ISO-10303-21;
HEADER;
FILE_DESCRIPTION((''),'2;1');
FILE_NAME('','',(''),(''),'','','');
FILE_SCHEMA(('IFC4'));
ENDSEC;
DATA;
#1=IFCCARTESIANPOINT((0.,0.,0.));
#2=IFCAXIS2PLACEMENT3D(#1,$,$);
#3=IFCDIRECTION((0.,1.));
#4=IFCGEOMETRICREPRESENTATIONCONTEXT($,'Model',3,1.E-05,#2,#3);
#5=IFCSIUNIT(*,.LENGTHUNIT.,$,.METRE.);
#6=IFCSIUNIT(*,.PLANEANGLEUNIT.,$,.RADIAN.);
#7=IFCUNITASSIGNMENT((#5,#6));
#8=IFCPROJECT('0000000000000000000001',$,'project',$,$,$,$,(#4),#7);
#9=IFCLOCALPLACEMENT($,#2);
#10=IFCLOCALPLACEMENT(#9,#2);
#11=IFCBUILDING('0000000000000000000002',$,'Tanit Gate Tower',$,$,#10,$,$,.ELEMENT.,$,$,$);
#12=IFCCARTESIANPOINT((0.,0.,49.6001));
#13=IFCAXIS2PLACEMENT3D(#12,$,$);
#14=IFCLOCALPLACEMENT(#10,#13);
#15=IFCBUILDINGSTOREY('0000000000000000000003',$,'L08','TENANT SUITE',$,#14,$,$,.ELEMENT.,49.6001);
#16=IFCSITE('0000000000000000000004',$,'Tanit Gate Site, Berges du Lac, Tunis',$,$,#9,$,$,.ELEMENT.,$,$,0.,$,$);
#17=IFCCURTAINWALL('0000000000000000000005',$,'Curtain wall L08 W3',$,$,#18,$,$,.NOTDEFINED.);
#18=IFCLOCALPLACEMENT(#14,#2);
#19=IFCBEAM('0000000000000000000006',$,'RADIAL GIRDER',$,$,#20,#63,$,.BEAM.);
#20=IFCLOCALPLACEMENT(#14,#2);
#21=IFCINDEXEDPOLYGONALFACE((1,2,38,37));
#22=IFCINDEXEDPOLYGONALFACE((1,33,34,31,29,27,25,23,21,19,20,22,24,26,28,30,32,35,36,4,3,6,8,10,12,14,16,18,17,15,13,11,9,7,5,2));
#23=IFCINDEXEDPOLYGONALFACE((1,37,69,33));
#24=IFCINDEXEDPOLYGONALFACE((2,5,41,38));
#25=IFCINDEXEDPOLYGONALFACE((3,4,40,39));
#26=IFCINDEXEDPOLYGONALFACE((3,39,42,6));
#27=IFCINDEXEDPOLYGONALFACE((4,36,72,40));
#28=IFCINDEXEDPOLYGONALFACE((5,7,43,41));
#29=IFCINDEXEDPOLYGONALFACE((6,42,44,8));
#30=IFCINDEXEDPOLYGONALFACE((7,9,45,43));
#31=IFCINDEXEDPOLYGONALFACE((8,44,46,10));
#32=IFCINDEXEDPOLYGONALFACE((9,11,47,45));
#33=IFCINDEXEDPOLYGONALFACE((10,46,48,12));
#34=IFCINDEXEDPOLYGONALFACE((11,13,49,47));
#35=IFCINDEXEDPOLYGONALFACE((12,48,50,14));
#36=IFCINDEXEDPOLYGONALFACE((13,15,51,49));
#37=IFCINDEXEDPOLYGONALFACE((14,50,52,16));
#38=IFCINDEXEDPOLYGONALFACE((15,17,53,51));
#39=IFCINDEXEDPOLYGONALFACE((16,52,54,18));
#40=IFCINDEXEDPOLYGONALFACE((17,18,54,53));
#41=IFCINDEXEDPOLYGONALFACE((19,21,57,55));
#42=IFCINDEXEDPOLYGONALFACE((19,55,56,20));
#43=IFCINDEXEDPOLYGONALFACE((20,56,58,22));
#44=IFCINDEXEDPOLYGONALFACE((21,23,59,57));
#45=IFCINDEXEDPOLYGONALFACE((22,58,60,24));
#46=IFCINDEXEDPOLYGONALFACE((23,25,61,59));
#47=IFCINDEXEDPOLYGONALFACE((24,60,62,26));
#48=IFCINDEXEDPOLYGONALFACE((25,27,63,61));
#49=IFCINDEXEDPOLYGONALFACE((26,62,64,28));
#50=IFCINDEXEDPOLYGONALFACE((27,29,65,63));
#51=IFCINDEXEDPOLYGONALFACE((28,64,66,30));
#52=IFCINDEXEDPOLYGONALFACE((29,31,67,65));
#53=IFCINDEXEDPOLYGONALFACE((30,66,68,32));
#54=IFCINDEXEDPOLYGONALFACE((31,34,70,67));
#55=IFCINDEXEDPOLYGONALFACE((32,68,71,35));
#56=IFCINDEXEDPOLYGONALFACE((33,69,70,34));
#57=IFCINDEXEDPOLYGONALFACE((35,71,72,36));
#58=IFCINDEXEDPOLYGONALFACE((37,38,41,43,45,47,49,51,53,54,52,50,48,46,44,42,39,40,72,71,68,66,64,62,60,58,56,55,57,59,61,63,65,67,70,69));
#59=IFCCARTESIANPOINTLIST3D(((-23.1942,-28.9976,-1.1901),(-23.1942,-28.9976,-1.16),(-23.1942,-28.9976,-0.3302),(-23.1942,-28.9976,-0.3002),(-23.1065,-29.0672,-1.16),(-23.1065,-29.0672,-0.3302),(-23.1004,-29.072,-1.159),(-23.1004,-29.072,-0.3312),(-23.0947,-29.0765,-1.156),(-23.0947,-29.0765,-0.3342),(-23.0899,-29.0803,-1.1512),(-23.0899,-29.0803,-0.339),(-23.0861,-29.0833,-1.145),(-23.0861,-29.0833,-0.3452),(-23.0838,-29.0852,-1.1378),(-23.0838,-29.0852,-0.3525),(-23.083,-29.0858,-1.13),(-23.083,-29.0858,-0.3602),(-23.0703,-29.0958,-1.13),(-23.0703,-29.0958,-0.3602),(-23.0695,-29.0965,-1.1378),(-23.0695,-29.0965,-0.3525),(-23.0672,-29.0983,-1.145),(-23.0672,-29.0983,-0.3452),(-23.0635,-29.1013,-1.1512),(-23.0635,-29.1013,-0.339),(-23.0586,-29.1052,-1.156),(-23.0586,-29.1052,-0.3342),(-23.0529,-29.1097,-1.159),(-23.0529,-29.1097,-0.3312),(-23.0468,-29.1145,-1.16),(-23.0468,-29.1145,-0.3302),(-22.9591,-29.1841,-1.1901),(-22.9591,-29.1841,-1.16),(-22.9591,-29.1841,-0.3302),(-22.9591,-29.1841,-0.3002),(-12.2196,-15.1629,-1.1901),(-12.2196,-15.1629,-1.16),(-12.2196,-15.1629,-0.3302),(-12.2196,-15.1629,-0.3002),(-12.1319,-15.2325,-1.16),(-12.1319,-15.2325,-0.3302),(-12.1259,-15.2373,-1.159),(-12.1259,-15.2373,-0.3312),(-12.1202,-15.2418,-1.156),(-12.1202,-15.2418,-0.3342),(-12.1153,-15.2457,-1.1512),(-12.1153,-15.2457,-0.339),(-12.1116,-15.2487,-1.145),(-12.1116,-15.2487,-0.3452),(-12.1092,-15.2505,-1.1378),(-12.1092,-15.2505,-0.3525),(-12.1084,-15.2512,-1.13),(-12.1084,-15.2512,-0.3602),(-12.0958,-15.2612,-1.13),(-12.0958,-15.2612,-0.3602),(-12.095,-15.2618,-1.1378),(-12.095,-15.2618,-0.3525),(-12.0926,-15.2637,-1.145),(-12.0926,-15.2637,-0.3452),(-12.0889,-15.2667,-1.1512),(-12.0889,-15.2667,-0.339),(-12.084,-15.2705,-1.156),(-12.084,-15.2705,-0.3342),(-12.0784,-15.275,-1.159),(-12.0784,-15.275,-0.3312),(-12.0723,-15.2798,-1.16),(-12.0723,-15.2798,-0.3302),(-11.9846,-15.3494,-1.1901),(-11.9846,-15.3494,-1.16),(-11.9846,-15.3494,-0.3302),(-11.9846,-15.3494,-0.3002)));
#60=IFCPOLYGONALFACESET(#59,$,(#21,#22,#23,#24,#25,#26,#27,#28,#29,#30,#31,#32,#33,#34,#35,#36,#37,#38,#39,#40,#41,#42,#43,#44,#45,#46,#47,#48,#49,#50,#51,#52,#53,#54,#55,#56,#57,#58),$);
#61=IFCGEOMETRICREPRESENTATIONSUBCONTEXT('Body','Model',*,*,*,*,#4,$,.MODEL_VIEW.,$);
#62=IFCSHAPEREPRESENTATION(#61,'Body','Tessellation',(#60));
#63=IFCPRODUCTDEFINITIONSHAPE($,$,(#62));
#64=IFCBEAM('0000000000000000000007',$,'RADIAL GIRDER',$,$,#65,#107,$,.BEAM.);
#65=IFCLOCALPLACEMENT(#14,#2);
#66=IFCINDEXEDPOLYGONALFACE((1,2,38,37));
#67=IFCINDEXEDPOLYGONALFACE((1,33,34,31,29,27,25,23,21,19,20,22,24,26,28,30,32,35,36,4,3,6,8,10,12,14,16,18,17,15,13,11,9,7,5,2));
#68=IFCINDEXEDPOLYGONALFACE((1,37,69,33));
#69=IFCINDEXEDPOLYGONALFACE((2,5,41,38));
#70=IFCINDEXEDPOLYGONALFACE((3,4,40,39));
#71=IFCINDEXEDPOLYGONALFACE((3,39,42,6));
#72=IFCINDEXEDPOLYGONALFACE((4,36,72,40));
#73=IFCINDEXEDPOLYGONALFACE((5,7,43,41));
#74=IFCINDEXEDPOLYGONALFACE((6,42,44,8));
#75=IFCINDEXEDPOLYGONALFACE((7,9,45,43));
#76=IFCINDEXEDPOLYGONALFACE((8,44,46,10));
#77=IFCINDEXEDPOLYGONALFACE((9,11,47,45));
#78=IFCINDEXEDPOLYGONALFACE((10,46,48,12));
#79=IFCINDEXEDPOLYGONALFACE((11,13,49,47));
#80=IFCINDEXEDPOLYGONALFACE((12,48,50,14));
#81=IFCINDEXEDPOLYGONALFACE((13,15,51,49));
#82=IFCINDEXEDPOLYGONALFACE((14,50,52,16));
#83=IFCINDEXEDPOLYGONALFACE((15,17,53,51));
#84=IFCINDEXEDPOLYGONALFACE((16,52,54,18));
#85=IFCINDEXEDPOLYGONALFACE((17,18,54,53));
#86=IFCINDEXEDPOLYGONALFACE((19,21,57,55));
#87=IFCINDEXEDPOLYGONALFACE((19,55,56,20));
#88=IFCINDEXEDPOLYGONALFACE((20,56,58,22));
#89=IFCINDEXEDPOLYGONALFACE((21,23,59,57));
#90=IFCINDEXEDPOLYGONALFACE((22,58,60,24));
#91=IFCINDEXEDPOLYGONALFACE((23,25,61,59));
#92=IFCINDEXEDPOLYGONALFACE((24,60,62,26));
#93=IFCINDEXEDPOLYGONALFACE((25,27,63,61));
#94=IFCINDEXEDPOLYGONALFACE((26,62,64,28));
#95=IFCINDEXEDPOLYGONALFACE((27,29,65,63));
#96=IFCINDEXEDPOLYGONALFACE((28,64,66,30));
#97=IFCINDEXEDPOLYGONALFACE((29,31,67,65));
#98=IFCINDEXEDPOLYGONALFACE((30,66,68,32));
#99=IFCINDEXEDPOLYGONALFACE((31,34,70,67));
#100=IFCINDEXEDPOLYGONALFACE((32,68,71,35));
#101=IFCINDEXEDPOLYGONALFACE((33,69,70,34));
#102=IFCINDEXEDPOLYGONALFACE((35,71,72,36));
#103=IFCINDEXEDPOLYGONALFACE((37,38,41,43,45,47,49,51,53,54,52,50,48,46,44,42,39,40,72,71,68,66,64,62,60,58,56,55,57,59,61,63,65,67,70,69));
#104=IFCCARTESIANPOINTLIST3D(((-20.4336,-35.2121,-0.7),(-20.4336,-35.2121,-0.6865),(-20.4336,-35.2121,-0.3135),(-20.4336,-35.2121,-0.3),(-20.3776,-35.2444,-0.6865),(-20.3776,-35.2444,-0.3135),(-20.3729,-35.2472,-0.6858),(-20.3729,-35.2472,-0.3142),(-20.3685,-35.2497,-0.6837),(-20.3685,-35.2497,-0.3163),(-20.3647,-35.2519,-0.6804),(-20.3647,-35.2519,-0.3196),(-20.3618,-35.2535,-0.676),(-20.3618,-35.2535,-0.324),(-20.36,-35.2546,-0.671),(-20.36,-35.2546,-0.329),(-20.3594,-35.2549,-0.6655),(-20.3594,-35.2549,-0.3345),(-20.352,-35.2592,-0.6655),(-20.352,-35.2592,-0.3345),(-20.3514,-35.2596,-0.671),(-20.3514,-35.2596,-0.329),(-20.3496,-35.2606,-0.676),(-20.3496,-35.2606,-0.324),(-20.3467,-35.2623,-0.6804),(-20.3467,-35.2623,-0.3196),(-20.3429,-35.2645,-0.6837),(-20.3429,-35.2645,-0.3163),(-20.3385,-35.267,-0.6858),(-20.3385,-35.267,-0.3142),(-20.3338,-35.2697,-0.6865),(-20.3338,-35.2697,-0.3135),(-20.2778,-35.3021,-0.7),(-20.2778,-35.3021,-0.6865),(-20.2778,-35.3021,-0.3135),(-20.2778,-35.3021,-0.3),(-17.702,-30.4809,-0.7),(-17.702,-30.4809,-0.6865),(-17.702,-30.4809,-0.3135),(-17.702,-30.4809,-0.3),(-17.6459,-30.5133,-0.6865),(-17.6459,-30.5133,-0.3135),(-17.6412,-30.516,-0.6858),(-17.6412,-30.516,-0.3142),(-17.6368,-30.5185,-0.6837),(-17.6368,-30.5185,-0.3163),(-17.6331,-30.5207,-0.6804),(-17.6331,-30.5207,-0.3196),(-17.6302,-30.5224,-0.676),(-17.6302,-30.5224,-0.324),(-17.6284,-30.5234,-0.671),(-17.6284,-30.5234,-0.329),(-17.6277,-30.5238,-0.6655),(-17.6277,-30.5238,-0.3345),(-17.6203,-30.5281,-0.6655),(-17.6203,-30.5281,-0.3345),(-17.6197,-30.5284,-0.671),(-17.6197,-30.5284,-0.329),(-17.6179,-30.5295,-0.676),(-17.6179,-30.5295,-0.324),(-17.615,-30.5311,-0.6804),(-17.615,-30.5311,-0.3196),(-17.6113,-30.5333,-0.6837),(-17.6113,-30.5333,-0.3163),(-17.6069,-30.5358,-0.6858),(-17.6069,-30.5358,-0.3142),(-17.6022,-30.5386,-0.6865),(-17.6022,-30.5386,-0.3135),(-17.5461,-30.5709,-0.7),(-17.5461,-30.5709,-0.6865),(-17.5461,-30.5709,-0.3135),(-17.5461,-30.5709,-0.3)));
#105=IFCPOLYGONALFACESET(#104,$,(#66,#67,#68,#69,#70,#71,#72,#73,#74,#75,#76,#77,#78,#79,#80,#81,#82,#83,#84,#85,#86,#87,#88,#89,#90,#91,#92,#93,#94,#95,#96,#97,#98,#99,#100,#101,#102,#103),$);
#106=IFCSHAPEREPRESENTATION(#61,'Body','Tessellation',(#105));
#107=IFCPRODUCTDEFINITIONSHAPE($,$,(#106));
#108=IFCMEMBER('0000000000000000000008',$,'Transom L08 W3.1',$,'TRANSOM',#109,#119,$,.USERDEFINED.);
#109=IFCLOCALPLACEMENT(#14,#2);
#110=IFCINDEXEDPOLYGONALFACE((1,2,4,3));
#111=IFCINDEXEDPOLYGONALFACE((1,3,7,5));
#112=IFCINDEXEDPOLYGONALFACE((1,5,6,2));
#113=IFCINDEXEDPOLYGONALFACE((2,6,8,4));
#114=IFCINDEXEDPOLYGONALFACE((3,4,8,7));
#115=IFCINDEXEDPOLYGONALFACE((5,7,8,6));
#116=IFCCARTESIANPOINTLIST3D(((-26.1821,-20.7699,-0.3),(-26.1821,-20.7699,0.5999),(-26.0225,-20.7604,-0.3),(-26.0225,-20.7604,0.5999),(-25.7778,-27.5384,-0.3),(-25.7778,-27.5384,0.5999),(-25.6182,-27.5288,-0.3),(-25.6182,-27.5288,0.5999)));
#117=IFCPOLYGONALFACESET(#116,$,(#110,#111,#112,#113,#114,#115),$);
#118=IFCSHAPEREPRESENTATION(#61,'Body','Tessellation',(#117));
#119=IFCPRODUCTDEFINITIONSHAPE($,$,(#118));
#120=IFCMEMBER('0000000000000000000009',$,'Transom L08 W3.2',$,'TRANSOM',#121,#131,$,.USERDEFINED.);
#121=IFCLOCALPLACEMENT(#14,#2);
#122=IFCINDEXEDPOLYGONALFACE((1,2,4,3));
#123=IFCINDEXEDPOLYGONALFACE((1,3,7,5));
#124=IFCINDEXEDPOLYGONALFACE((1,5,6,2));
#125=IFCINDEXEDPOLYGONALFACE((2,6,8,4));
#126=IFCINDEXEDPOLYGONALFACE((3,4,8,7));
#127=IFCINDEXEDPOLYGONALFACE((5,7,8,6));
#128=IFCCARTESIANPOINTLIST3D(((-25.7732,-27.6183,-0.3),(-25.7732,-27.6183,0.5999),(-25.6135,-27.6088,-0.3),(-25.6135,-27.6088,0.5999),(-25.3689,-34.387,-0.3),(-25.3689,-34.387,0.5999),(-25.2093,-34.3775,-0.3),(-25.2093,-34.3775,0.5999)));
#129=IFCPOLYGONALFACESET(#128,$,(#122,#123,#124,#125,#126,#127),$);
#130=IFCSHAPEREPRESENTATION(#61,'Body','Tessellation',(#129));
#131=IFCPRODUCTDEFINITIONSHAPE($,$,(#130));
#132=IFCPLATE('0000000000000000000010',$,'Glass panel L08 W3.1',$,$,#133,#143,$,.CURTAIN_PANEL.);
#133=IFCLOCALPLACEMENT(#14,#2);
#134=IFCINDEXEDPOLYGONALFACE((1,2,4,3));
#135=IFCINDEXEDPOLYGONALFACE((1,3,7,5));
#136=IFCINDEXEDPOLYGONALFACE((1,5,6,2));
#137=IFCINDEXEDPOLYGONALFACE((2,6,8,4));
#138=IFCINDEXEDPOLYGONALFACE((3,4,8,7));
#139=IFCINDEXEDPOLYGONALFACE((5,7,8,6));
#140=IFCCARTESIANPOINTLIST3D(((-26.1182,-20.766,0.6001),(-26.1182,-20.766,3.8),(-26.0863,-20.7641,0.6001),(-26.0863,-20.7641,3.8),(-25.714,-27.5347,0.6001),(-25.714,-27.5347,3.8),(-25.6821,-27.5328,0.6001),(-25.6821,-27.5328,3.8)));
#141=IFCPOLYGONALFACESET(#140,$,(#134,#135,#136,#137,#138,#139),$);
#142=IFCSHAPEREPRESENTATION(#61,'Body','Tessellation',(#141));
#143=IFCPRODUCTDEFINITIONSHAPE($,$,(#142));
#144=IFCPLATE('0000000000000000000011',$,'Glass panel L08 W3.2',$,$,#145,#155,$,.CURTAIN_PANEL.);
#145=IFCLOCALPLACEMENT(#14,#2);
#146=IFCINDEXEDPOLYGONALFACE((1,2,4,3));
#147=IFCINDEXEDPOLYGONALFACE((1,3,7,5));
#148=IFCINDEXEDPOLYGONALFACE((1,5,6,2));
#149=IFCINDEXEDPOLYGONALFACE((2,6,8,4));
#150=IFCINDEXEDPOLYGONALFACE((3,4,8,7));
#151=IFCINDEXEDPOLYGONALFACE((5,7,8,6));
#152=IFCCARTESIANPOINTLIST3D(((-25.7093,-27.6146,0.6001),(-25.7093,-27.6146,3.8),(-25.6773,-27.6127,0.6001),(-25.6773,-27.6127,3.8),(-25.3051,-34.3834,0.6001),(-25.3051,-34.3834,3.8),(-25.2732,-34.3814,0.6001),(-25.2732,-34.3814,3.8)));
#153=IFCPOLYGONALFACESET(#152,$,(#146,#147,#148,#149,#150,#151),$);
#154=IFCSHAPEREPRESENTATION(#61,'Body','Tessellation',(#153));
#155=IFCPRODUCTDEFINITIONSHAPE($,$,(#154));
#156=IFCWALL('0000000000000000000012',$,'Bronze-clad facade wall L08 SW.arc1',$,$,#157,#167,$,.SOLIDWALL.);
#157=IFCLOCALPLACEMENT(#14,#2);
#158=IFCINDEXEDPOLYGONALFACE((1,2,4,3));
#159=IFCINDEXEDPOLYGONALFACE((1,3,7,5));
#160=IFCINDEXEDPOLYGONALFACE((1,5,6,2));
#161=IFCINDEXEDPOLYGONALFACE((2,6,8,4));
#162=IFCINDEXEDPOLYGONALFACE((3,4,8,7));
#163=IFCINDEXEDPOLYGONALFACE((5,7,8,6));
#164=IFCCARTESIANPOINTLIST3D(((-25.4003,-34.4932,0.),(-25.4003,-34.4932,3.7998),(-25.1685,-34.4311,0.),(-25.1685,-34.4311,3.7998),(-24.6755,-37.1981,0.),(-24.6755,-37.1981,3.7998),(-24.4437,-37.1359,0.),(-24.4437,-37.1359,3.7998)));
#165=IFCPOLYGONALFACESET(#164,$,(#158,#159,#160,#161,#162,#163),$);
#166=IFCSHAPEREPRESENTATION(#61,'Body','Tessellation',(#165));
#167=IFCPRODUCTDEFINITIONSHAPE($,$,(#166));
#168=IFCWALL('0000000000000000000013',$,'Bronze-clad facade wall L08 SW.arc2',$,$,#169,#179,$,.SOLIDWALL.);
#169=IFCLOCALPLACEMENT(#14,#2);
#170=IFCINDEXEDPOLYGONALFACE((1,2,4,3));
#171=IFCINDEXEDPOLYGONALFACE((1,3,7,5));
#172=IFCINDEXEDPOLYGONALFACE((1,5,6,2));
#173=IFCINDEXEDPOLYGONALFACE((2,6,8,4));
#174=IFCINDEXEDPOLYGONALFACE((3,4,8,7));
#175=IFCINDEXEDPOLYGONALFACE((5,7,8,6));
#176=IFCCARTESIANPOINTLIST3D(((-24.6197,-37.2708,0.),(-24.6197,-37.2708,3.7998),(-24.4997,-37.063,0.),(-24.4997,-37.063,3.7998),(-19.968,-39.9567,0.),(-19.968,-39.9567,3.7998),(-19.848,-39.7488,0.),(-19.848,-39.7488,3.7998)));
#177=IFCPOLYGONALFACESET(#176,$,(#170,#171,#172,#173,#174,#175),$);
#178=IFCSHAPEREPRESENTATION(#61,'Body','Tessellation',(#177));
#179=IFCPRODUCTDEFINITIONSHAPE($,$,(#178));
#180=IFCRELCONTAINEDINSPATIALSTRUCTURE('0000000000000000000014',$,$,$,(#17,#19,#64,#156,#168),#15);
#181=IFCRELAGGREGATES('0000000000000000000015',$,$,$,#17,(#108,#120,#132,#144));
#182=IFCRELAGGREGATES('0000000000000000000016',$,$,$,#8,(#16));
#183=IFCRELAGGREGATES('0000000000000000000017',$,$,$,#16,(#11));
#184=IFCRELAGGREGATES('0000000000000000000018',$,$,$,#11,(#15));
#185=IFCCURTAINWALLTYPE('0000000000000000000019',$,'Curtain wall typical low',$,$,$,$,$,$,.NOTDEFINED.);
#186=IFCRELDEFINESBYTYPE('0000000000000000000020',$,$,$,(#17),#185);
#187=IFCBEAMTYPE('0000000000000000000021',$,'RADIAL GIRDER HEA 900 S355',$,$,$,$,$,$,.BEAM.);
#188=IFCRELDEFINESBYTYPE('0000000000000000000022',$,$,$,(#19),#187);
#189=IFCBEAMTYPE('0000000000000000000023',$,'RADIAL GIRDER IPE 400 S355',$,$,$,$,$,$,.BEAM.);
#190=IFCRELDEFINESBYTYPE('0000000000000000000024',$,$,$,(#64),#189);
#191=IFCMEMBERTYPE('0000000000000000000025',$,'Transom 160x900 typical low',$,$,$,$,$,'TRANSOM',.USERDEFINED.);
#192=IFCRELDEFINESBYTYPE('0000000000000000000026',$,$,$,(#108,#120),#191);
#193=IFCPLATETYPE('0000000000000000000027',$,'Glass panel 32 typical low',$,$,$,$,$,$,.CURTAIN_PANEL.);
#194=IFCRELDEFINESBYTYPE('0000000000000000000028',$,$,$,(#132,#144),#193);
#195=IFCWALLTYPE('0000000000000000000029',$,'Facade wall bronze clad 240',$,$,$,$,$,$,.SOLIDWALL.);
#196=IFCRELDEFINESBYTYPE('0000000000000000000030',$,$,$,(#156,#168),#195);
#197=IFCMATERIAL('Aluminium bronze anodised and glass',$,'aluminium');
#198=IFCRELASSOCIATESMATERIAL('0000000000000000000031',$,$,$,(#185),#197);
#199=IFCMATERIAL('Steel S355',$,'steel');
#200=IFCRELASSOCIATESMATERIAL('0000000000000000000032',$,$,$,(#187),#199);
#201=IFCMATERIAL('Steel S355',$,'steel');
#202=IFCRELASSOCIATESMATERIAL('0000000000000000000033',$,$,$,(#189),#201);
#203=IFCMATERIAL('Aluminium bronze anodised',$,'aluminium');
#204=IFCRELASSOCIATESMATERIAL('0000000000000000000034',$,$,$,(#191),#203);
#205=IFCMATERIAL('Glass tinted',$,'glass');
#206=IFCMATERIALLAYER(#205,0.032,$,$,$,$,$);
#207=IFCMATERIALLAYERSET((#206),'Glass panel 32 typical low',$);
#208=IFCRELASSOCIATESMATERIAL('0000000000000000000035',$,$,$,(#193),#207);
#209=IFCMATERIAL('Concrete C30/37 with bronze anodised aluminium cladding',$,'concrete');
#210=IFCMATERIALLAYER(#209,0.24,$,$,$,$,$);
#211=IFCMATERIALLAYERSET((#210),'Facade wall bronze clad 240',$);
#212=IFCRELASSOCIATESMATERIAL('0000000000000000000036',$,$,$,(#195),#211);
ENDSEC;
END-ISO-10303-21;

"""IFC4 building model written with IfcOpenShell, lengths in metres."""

from ifc_helpers import new_model, si_unit, direction, frame, frame_2d, origin, origin_2d, place, context, subcontext, project, spatial, rectangle, i_section, extrude, material, layer, layer_set, material_profile, profile_set, type_object, element, aggregate, save


model = new_model("IFC4")

# Units and contexts
model_context = context("Model", 3, precision=1e-05, world=origin(), true_north=direction((0.0, 1.0)))
body_context = subcontext(model_context, "Body", "Model", "MODEL_VIEW")
ifc_project = project(units=[si_unit("LENGTHUNIT", "METRE"), si_unit("PLANEANGLEUNIT", "RADIAN")], contexts=[model_context])

# Site, building, storey
site_placement = place(None, origin())
site = spatial("IfcSite", under=ifc_project, at=site_placement, Name="Tanit Gate Site, Berges du Lac, Tunis", CompositionType="ELEMENT", RefElevation=0.0)
building_placement = place(site_placement, origin())
building = spatial("IfcBuilding", under=site, at=building_placement, Name="Tanit Gate Tower", CompositionType="ELEMENT")
storey_placement = place(building_placement, frame((0.0, 0.0, 49.6001)))
storey = spatial("IfcBuildingStorey", under=building, at=storey_placement, Name="L08", Description="TENANT SUITE", CompositionType="ELEMENT", Elevation=49.6001)

# Curtain wall
ifc_material_1 = material(Name="Aluminium bronze anodised and glass", Category="aluminium")
curtain_wall_type = type_object("IfcCurtainWallType", Name="Curtain wall typical low", PredefinedType="NOTDEFINED", material=ifc_material_1)
curtain_wall_1_placement = place(storey_placement, origin())
curtain_wall_1 = element("IfcCurtainWall", 1, at=curtain_wall_1_placement, inside=storey, type_object=curtain_wall_type, Name="Curtain wall L08 W3", PredefinedType="NOTDEFINED")

# Beams
ifc_material_2 = material(Name="Steel S355", Category="steel")
ifc_material_profile_1 = material_profile(ifc_material_2, i_section(OverallWidth=0.3, OverallDepth=0.8899, WebThickness=0.0161, FlangeThickness=0.03, FilletRadius=0.03, at=origin_2d()), Name="HEA 900")
ifc_profile_set_1 = profile_set([ifc_material_profile_1], Name="Steel S355")
beam_type_1 = type_object("IfcBeamType", Name="RADIAL GIRDER HEA 900 S355", PredefinedType="BEAM", material=ifc_profile_set_1)
beam_1_placement = place(storey_placement, frame((-23.0767, -29.0908, -0.7451), z_axis=(0.621473, 0.783436, 0.0), x_axis=(-0.783436, 0.621473, 0.0)))
element("IfcBeam", 2, at=beam_1_placement, inside=storey, type_object=beam_type_1, Name="RADIAL GIRDER", PredefinedType="BEAM", context=body_context, shape_type="SweptSolid", body=[
    extrude(i_section(OverallWidth=0.3, OverallDepth=0.8899, WebThickness=0.0161, FlangeThickness=0.03, FilletRadius=0.03, at=origin_2d()), origin(), (0.0, 0.0, 1.0), 17.6589),
])
ifc_material_3 = material(Name="Steel S355", Category="steel")
ifc_material_profile_2 = material_profile(ifc_material_3, i_section(OverallWidth=0.1799, OverallDepth=0.3999, WebThickness=0.0085, FlangeThickness=0.0134, FilletRadius=0.021, at=origin_2d()), Name="IPE 400")
ifc_profile_set_2 = profile_set([ifc_material_profile_2], Name="Steel S355")
beam_type_2 = type_object("IfcBeamType", Name="RADIAL GIRDER IPE 400 S355", PredefinedType="BEAM", material=ifc_profile_set_2)
beam_2_placement = place(storey_placement, frame((-20.3557, -35.2571, -0.5), z_axis=(0.500018, 0.866015, 0.0), x_axis=(-0.866015, 0.500018, 0.0)))
element("IfcBeam", 3, at=beam_2_placement, inside=storey, type_object=beam_type_2, Name="RADIAL GIRDER", PredefinedType="BEAM", context=body_context, shape_type="SweptSolid", body=[
    extrude(i_section(OverallWidth=0.1799, OverallDepth=0.3999, WebThickness=0.0085, FlangeThickness=0.0134, FilletRadius=0.021, at=origin_2d()), origin(), (0.0, 0.0, 1.0), 5.4631),
])

# Members
ifc_material_4 = material(Name="Aluminium bronze anodised", Category="aluminium")
ifc_material_profile_3 = material_profile(ifc_material_4, rectangle(XDim=0.1599, YDim=0.8999, at=origin_2d()), Name="160x900 bronze transom")
ifc_profile_set_3 = profile_set([ifc_material_profile_3], Name="Aluminium bronze anodised")
member_type_1 = type_object("IfcMemberType", Name="Transom 160x900 typical low", ElementType="TRANSOM", PredefinedType="USERDEFINED", material=ifc_profile_set_3)
member_1_placement = place(storey_placement, frame((-26.1023, -20.7651, 0.1499), z_axis=(0.059625, -0.998221, 0.0), x_axis=(0.998221, 0.059625, 0.0)))
member_1 = element("IfcMember", 4, at=member_1_placement, type_object=member_type_1, Name="Transom L08 W3.1", ObjectType="TRANSOM", PredefinedType="USERDEFINED", context=body_context, shape_type="SweptSolid", body=[
    extrude(rectangle(XDim=0.1599, YDim=0.8999, at=origin_2d()), origin(), (0.0, 0.0, 1.0), 6.7805),
])
member_2_placement = place(storey_placement, frame((-25.6934, -27.6135, 0.1499), z_axis=(0.059623, -0.998221, 0.0), x_axis=(0.998221, 0.059623, 0.0)))
member_2 = element("IfcMember", 5, at=member_2_placement, type_object=member_type_1, Name="Transom L08 W3.2", ObjectType="TRANSOM", PredefinedType="USERDEFINED", context=body_context, shape_type="SweptSolid", body=[
    extrude(rectangle(XDim=0.1599, YDim=0.8999, at=origin_2d()), origin(), (0.0, 0.0, 1.0), 6.7808),
])

# Plates
ifc_material_5 = material(Name="Glass tinted", Category="glass")
ifc_layer_1 = layer(ifc_material_5, 0.032)
ifc_layer_set_1 = layer_set([ifc_layer_1], Name="Glass panel 32 typical low")
plate_type = type_object("IfcPlateType", Name="Glass panel 32 typical low", PredefinedType="CURTAIN_PANEL", material=ifc_layer_set_1)
plate_1_placement = place(storey_placement, frame((-25.9001, -24.1494, 0.6001), z_axis=(0.0, 0.0, 1.0), x_axis=(0.059605, -0.998222, 0.0)))
plate_1 = element("IfcPlate", 6, at=plate_1_placement, type_object=plate_type, Name="Glass panel L08 W3.1", PredefinedType="CURTAIN_PANEL", context=body_context, shape_type="SweptSolid", body=[
    extrude(rectangle(XDim=6.7808, YDim=0.032, at=origin_2d()), origin(), (0.0, 0.0, 1.0), 3.2),
])
plate_2_placement = place(storey_placement, frame((-25.4912, -30.998, 0.6001), z_axis=(0.0, 0.0, 1.0), x_axis=(0.059605, -0.998222, 0.0)))
plate_2 = element("IfcPlate", 7, at=plate_2_placement, type_object=plate_type, Name="Glass panel L08 W3.2", PredefinedType="CURTAIN_PANEL", context=body_context, shape_type="SweptSolid", body=[
    extrude(rectangle(XDim=6.7808, YDim=0.032, at=origin_2d()), origin(), (0.0, 0.0, 1.0), 3.2),
])
aggregate(curtain_wall_1, [member_1, member_2, plate_1, plate_2])

# Walls
ifc_material_6 = material(Name="Concrete C30/37 with bronze anodised aluminium cladding", Category="concrete")
ifc_layer_2 = layer(ifc_material_6, 0.24)
ifc_layer_set_2 = layer_set([ifc_layer_2], Name="Facade wall bronze clad 240")
wall_type_1 = type_object("IfcWallType", Name="Facade wall bronze clad 240", PredefinedType="SOLIDWALL", material=ifc_layer_set_2)
wall_1_placement = place(storey_placement, frame((-25.2844, -34.4622, 0.0), z_axis=(0.0, 0.0, 1.0), x_axis=(0.258851, -0.965917, 0.0)))
element("IfcWall", 8, at=wall_1_placement, inside=storey, type_object=wall_type_1, Name="Bronze-clad facade wall L08 SW.arc1", PredefinedType="SOLIDWALL", context=body_context, shape_type="SweptSolid", body=[
    extrude(rectangle(XDim=2.8003, YDim=0.24, at=frame_2d((1.4001, 0.0))), origin(), (0.0, 0.0, 1.0), 3.7998),
])
wall_2_placement = place(storey_placement, frame((-24.5596, -37.167, 0.0), z_axis=(0.0, 0.0, 1.0), x_axis=(0.866011, -0.500025, 0.0)))
element("IfcWall", 9, at=wall_2_placement, inside=storey, type_object=wall_type_1, Name="Bronze-clad facade wall L08 SW.arc2", PredefinedType="SOLIDWALL", context=body_context, shape_type="SweptSolid", body=[
    extrude(rectangle(XDim=5.3713, YDim=0.24, at=frame_2d((2.6855, 0.0))), origin(), (0.0, 0.0, 1.0), 3.7998),
])

save(model, "model.ifc")
